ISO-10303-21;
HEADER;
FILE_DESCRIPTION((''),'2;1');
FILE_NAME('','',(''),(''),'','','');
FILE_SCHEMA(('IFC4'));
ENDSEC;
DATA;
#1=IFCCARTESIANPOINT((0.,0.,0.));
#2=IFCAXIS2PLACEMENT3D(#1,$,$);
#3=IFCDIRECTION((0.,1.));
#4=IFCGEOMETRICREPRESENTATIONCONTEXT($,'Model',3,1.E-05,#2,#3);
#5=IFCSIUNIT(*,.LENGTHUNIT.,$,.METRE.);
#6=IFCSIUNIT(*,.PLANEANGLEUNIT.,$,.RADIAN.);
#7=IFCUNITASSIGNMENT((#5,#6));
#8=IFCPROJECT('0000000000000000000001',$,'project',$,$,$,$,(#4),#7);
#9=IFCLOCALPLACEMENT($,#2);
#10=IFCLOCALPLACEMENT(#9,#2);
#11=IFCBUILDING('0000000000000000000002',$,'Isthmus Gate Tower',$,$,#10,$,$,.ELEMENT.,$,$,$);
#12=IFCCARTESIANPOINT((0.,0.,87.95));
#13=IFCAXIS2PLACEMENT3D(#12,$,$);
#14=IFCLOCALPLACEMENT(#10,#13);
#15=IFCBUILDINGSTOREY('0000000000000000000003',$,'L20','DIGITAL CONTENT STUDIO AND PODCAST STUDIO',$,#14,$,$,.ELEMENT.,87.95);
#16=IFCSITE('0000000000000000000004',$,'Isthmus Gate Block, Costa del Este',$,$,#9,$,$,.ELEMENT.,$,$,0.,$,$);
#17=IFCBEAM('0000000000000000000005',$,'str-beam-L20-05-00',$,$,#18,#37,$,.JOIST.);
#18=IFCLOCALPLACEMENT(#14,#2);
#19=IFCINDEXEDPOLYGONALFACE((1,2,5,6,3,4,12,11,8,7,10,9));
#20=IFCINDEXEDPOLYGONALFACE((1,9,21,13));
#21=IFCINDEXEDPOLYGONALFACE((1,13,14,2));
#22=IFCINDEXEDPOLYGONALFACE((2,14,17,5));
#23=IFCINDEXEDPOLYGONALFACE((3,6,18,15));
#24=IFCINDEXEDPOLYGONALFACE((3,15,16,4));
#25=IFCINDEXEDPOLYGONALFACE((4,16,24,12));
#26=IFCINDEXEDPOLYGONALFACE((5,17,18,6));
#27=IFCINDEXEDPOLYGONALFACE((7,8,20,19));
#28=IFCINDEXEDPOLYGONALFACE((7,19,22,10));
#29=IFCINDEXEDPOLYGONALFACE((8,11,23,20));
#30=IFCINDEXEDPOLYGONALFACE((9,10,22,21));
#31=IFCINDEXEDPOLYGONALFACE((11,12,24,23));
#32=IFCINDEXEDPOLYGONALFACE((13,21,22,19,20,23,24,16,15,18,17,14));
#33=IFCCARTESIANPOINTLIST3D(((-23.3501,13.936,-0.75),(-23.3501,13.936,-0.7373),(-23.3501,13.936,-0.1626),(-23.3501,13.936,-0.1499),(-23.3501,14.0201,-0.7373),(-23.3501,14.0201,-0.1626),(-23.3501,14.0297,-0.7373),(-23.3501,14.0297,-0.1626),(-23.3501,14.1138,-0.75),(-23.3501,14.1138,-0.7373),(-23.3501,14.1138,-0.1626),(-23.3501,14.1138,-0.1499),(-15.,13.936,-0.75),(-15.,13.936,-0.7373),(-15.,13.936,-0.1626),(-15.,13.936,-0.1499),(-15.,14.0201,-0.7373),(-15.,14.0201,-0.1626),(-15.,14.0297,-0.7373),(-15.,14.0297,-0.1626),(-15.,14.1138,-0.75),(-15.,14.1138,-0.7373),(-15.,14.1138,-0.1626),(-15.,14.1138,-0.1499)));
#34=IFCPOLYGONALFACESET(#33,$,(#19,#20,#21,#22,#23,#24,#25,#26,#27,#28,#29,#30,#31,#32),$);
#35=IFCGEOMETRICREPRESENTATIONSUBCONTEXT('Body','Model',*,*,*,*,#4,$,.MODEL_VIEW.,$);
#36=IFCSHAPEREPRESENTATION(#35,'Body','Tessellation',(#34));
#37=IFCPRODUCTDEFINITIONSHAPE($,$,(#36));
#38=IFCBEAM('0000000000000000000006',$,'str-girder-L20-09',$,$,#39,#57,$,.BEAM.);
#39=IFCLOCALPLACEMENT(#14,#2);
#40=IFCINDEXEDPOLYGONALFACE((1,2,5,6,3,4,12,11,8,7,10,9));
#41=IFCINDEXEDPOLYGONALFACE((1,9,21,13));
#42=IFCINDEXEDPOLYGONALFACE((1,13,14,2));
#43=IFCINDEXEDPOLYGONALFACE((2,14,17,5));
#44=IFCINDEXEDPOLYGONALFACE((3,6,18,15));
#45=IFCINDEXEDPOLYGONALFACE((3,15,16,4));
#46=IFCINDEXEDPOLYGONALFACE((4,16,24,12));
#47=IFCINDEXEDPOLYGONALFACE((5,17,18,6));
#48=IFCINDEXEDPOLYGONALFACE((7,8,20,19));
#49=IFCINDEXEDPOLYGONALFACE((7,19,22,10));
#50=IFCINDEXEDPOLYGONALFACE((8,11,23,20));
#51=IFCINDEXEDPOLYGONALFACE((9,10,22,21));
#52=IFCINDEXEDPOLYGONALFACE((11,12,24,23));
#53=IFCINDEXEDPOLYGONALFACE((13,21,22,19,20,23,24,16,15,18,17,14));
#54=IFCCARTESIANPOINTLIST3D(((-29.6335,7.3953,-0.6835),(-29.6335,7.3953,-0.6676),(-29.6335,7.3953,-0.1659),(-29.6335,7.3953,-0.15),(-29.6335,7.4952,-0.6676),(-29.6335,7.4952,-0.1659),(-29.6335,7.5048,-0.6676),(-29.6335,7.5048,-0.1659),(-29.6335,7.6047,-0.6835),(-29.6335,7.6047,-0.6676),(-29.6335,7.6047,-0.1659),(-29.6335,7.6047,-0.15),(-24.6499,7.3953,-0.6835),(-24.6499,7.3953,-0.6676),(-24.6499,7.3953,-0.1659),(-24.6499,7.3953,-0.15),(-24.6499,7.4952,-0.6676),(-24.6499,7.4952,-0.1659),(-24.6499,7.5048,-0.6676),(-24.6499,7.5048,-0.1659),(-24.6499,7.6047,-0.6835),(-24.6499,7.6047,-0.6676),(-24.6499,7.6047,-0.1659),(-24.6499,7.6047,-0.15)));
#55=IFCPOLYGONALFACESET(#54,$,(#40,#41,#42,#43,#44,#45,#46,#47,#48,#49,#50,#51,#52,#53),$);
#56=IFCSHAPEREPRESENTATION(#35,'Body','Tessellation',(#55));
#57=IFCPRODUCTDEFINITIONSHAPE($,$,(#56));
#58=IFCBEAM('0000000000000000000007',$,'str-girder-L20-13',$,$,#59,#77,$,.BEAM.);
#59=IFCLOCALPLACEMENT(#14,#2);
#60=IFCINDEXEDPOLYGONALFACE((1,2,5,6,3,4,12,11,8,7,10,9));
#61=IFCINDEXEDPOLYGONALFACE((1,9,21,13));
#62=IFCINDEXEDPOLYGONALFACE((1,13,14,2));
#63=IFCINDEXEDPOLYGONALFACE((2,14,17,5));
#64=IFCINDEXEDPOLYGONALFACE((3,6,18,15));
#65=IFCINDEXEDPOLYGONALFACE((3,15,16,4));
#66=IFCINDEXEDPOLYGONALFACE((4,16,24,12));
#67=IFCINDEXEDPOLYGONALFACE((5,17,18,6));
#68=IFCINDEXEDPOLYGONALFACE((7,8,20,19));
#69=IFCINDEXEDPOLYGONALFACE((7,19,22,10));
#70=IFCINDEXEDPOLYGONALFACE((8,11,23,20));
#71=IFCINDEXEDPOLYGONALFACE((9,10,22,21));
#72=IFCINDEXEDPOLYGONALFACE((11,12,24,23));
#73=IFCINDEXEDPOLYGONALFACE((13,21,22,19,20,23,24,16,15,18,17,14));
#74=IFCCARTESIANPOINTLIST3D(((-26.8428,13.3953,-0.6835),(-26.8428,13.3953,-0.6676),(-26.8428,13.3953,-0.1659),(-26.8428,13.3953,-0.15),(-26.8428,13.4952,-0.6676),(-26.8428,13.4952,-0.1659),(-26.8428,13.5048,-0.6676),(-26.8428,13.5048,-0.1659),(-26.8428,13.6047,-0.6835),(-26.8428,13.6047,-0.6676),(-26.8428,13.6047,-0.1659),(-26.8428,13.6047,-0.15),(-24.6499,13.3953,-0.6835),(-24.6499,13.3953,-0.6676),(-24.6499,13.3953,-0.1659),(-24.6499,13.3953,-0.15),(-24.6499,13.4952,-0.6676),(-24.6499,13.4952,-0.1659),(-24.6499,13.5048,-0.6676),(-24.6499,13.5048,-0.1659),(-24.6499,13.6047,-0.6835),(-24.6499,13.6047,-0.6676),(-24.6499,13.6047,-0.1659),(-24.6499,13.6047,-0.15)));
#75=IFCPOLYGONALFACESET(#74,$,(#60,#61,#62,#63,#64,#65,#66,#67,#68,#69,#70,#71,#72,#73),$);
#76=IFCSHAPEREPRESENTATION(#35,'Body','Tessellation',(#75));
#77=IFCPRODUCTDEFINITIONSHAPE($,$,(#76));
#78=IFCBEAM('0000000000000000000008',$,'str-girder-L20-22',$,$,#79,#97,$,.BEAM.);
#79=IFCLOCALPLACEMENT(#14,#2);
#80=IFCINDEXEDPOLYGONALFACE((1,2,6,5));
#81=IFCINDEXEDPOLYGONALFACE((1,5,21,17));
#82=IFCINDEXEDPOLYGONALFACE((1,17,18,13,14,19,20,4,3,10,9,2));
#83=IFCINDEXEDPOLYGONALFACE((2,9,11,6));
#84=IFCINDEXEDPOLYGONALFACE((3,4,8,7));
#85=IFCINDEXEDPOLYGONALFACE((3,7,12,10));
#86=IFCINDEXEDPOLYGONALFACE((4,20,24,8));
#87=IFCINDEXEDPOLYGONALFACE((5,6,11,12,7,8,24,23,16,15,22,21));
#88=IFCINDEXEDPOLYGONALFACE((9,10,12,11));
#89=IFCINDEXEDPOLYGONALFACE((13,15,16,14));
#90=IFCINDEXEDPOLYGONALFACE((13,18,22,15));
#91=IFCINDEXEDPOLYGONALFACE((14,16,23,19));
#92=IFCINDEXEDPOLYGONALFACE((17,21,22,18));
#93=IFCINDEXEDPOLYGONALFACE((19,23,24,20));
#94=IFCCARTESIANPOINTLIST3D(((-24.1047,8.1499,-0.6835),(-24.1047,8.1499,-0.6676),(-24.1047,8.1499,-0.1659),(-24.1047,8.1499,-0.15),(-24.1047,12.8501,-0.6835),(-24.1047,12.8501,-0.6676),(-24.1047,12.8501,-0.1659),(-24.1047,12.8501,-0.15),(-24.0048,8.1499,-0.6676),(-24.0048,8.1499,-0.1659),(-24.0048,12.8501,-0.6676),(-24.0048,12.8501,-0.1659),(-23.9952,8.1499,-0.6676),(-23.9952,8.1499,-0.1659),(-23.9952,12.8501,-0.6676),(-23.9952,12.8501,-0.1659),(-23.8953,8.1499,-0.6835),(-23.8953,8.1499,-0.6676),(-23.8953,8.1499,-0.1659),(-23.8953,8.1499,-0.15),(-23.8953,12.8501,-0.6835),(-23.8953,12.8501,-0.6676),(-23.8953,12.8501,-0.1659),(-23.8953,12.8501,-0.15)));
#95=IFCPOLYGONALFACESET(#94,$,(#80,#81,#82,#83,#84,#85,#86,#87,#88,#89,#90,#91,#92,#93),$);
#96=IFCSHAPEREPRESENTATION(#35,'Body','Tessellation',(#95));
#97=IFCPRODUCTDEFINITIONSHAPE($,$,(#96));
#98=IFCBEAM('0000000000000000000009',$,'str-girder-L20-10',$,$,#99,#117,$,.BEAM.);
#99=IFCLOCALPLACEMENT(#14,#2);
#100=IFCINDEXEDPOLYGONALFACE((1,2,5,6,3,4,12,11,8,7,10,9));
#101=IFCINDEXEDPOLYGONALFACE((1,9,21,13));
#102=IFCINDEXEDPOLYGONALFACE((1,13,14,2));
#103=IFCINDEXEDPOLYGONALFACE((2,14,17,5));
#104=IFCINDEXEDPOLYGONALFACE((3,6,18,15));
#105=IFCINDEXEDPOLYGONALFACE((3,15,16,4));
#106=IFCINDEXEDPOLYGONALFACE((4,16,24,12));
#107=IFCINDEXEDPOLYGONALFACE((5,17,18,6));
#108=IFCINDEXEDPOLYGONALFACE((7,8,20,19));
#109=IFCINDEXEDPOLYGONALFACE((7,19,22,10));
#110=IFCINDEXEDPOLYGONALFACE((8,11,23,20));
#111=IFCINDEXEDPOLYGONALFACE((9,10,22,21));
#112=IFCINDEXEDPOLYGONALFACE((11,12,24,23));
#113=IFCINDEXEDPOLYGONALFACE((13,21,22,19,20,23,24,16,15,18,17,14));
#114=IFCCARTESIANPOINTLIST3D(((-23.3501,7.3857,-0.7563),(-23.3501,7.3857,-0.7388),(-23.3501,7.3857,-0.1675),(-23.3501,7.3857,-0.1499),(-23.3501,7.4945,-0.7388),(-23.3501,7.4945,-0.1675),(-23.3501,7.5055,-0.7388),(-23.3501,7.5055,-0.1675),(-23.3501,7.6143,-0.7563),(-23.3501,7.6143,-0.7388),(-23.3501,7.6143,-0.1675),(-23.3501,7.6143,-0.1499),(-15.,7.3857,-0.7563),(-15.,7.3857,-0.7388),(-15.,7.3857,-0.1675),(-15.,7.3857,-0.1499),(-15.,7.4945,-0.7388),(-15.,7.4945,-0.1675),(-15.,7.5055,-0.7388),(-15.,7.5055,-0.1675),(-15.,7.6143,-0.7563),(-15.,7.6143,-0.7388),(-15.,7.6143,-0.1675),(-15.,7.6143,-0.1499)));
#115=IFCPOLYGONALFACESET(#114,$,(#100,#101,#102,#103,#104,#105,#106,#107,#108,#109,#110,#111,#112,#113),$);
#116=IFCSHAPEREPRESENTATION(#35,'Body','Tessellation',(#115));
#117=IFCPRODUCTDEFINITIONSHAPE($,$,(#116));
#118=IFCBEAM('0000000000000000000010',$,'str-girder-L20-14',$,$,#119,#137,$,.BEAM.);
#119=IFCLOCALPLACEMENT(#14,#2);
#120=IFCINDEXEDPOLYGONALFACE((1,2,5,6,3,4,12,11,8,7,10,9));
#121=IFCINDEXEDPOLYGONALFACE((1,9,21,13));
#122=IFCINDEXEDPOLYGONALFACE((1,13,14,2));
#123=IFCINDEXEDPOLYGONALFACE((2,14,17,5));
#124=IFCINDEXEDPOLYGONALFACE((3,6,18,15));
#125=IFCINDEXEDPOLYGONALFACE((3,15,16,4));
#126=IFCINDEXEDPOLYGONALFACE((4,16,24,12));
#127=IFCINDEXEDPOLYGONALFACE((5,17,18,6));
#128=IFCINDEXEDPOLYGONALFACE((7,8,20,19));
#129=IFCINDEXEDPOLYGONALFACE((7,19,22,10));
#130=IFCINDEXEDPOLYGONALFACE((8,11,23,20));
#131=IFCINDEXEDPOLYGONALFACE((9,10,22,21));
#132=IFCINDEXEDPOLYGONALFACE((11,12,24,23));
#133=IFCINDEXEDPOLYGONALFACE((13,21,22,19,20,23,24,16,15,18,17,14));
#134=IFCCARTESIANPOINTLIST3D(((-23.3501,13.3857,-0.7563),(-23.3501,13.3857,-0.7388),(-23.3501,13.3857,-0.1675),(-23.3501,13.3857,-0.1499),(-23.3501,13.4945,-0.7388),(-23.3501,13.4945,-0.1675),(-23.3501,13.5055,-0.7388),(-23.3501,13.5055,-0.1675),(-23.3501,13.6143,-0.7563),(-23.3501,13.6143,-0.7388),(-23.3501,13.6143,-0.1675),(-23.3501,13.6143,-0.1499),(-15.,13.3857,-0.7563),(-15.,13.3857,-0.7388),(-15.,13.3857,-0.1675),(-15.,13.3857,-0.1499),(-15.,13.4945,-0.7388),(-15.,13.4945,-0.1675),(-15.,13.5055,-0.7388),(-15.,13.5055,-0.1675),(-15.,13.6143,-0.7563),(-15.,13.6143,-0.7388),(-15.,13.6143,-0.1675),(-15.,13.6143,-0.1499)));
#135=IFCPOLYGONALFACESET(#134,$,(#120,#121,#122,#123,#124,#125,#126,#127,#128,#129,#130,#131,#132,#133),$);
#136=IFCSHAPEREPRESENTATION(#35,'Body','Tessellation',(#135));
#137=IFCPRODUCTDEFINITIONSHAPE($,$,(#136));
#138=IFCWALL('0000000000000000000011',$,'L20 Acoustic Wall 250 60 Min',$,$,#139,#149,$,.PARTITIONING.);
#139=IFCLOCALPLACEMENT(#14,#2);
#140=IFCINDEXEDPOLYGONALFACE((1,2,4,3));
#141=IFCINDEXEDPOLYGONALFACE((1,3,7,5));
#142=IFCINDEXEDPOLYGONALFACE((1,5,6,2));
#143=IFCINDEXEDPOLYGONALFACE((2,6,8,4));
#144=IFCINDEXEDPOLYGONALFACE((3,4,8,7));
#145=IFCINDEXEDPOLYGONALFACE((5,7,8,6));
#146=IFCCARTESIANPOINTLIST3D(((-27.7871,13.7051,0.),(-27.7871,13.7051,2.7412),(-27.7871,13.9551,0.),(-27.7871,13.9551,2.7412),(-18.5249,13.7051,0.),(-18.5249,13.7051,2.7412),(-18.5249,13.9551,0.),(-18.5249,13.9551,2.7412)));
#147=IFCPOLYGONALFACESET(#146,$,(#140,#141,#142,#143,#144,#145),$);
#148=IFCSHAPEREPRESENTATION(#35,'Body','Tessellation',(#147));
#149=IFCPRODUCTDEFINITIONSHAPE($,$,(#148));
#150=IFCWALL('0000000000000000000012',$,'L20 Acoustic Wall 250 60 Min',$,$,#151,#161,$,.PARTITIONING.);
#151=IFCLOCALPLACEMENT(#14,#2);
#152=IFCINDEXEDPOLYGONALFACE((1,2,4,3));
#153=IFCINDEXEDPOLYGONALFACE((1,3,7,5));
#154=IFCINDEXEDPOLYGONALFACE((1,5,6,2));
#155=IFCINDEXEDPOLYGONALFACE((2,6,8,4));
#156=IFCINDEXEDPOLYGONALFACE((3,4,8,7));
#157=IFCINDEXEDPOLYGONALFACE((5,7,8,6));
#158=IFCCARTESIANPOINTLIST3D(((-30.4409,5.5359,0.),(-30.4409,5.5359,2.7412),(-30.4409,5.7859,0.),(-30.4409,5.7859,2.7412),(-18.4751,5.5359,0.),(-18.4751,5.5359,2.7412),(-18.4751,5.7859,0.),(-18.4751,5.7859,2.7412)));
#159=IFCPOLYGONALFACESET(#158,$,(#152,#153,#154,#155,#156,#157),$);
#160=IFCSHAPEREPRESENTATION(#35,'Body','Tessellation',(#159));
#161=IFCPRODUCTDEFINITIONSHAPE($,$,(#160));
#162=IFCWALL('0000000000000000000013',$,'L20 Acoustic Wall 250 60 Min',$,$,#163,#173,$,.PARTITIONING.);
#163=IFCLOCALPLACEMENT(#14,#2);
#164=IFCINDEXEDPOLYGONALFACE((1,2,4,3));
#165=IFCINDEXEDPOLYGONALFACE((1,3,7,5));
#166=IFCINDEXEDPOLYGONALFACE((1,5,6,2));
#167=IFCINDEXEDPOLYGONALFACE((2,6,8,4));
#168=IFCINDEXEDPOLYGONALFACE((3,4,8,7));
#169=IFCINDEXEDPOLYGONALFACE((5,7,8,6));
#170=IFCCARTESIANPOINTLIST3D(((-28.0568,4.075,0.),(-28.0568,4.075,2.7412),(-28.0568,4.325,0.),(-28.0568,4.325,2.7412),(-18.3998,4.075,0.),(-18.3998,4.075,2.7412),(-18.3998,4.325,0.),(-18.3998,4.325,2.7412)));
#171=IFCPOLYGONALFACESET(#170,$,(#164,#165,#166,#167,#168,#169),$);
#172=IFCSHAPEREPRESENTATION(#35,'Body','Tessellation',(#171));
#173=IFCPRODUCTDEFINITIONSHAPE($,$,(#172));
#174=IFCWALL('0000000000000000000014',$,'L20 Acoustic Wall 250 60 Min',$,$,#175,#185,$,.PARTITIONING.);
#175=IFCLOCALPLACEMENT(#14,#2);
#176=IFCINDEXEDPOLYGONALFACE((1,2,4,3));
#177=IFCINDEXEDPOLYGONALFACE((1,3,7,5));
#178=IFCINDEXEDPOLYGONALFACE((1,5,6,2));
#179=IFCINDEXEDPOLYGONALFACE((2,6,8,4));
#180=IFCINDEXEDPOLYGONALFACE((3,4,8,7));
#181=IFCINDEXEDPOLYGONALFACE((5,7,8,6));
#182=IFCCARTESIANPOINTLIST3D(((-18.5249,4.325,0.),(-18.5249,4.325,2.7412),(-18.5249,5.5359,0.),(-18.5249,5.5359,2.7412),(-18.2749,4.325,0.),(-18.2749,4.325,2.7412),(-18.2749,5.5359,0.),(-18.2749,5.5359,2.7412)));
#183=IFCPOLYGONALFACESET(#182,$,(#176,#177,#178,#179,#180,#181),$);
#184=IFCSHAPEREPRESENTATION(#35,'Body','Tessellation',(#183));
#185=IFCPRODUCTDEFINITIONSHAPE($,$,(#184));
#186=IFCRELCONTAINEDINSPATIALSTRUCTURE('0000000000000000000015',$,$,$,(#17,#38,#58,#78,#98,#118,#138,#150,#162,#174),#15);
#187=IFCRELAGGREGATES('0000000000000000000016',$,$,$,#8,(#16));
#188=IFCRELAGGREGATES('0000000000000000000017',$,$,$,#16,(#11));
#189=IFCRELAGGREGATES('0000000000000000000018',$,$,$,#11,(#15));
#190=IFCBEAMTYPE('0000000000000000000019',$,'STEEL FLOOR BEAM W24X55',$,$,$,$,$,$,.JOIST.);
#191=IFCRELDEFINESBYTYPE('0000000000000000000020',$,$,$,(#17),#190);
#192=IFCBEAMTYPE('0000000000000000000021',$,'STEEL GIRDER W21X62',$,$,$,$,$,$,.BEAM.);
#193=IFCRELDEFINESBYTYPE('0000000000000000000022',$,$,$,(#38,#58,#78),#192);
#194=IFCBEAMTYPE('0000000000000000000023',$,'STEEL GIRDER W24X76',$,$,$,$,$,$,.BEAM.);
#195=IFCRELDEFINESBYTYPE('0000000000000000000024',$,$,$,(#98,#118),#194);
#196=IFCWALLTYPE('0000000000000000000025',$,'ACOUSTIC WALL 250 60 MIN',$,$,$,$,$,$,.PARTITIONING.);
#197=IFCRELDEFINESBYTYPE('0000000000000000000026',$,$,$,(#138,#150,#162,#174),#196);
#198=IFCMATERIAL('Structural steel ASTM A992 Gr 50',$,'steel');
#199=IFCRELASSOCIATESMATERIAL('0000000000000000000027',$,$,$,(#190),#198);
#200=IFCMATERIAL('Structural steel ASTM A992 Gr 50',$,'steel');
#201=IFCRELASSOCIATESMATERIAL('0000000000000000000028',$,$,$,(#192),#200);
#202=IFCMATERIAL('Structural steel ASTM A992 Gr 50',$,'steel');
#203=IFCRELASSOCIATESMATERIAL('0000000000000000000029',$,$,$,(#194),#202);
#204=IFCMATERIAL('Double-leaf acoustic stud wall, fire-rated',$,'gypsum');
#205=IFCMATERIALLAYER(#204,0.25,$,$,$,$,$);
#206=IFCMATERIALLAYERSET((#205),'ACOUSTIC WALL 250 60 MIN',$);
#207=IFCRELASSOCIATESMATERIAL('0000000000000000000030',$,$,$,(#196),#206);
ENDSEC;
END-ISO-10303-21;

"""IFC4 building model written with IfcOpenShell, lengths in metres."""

from ifc_helpers import new_model, si_unit, direction, frame, frame_2d, origin, origin_2d, place, context, subcontext, project, spatial, rectangle, i_section, extrude, material, layer, layer_set, material_profile, profile_set, type_object, element, save


model = new_model("IFC4")

# Units and contexts
model_context = context("Model", 3, precision=1e-05, world=origin(), true_north=direction((0.0, 1.0)))
body_context = subcontext(model_context, "Body", "Model", "MODEL_VIEW")
ifc_project = project(units=[si_unit("LENGTHUNIT", "METRE"), si_unit("PLANEANGLEUNIT", "RADIAN")], contexts=[model_context])

# Site, building, storey
site_placement = place(None, origin())
site = spatial("IfcSite", under=ifc_project, at=site_placement, Name="Isthmus Gate Block, Costa del Este", CompositionType="ELEMENT", RefElevation=0.0)
building_placement = place(site_placement, origin())
building = spatial("IfcBuilding", under=site, at=building_placement, Name="Isthmus Gate Tower", CompositionType="ELEMENT")
storey_placement = place(building_placement, frame((0.0, 0.0, 87.95)))
storey = spatial("IfcBuildingStorey", under=building, at=storey_placement, Name="L20", Description="DIGITAL CONTENT STUDIO AND PODCAST STUDIO", CompositionType="ELEMENT", Elevation=87.95)

# Beams
ifc_material_1 = material(Name="Structural steel ASTM A992 Gr 50", Category="steel")
ifc_material_profile_1 = material_profile(ifc_material_1, i_section(OverallWidth=0.1777, OverallDepth=0.6001, WebThickness=0.0095, FlangeThickness=0.0127, at=origin_2d()), Name="W24X55")
ifc_profile_set_1 = profile_set([ifc_material_profile_1], Name="Structural steel ASTM A992 Gr 50")
beam_type_1 = type_object("IfcBeamType", Name="STEEL FLOOR BEAM W24X55", PredefinedType="JOIST", material=ifc_profile_set_1)
beam_1_placement = place(storey_placement, frame((-23.3501, 14.0249, -0.45), z_axis=(1.0, 0.0, 0.0), x_axis=(0.0, 1.0, 0.0)))
element("IfcBeam", 1, at=beam_1_placement, inside=storey, type_object=beam_type_1, Name="str-beam-L20-05-00", PredefinedType="JOIST", context=body_context, shape_type="SweptSolid", body=[
    extrude(i_section(OverallWidth=0.1777, OverallDepth=0.6001, WebThickness=0.0095, FlangeThickness=0.0127, at=origin_2d()), origin(), (0.0, 0.0, 1.0), 8.3501),
])
ifc_material_2 = material(Name="Structural steel ASTM A992 Gr 50", Category="steel")
ifc_material_profile_2 = material_profile(ifc_material_2, i_section(OverallWidth=0.2095, OverallDepth=0.5334, WebThickness=0.0095, FlangeThickness=0.0159, at=origin_2d()), Name="W21X62")
ifc_profile_set_2 = profile_set([ifc_material_profile_2], Name="Structural steel ASTM A992 Gr 50")
beam_type_2 = type_object("IfcBeamType", Name="STEEL GIRDER W21X62", PredefinedType="BEAM", material=ifc_profile_set_2)
beam_2_placement = place(storey_placement, frame((-29.6335, 7.5, -0.4167), z_axis=(1.0, 0.0, 0.0), x_axis=(0.0, 1.0, 0.0)))
element("IfcBeam", 2, at=beam_2_placement, inside=storey, type_object=beam_type_2, Name="str-girder-L20-09", PredefinedType="BEAM", context=body_context, shape_type="SweptSolid", body=[
    extrude(i_section(OverallWidth=0.2095, OverallDepth=0.5334, WebThickness=0.0095, FlangeThickness=0.0159, at=origin_2d()), origin(), (0.0, 0.0, 1.0), 4.9836),
])
beam_3_placement = place(storey_placement, frame((-26.8428, 13.5, -0.4167), z_axis=(1.0, 0.0, 0.0), x_axis=(0.0, 1.0, 0.0)))
element("IfcBeam", 3, at=beam_3_placement, inside=storey, type_object=beam_type_2, Name="str-girder-L20-13", PredefinedType="BEAM", context=body_context, shape_type="SweptSolid", body=[
    extrude(i_section(OverallWidth=0.2095, OverallDepth=0.5334, WebThickness=0.0095, FlangeThickness=0.0159, at=origin_2d()), origin(), (0.0, 0.0, 1.0), 2.1929),
])
beam_4_placement = place(storey_placement, frame((-24.0, 8.1499, -0.4167), z_axis=(0.0, 1.0, 0.0), x_axis=(-1.0, 0.0, 0.0)))
element("IfcBeam", 4, at=beam_4_placement, inside=storey, type_object=beam_type_2, Name="str-girder-L20-22", PredefinedType="BEAM", context=body_context, shape_type="SweptSolid", body=[
    extrude(i_section(OverallWidth=0.2095, OverallDepth=0.5334, WebThickness=0.0095, FlangeThickness=0.0159, at=origin_2d()), origin(), (0.0, 0.0, 1.0), 4.7002),
])
ifc_material_3 = material(Name="Structural steel ASTM A992 Gr 50", Category="steel")
ifc_material_profile_3 = material_profile(ifc_material_3, i_section(OverallWidth=0.2285, OverallDepth=0.6064, WebThickness=0.011, FlangeThickness=0.0176, at=origin_2d()), Name="W24X76")
ifc_profile_set_3 = profile_set([ifc_material_profile_3], Name="Structural steel ASTM A992 Gr 50")
beam_type_3 = type_object("IfcBeamType", Name="STEEL GIRDER W24X76", PredefinedType="BEAM", material=ifc_profile_set_3)
for number, where, z_axis, x_axis, name in (
    (5, (-23.3501, 7.5, -0.4531), (1.0, 0.0, 0.0), (0.0, 1.0, 0.0), "str-girder-L20-10"),
    (6, (-23.3501, 13.5, -0.4531), (1.0, 0.0, 0.0), (0.0, 1.0, 0.0), "str-girder-L20-14"),
):
    element("IfcBeam", number, at=place(storey_placement, frame(where, z_axis=z_axis, x_axis=x_axis)), inside=storey, type_object=beam_type_3, Name=name, PredefinedType="BEAM", context=body_context, shape_type="SweptSolid", body=[
        extrude(i_section(OverallWidth=0.2285, OverallDepth=0.6064, WebThickness=0.011, FlangeThickness=0.0176, at=origin_2d()), origin(), (0.0, 0.0, 1.0), 8.3501),
    ])

# Walls
ifc_material_4 = material(Name="Double-leaf acoustic stud wall, fire-rated", Category="gypsum")
ifc_layer_1 = layer(ifc_material_4, 0.25)
ifc_layer_set_1 = layer_set([ifc_layer_1], Name="ACOUSTIC WALL 250 60 MIN")
wall_type_1 = type_object("IfcWallType", Name="ACOUSTIC WALL 250 60 MIN", PredefinedType="PARTITIONING", material=ifc_layer_set_1)
wall_1_placement = place(storey_placement, frame((-27.7871, 13.8301, 0.0), z_axis=(0.0, 0.0, 1.0), x_axis=(1.0, 0.0, 0.0)))
element("IfcWall", 7, at=wall_1_placement, inside=storey, type_object=wall_type_1, Name="L20 Acoustic Wall 250 60 Min", PredefinedType="PARTITIONING", context=body_context, shape_type="SweptSolid", body=[
    extrude(rectangle(XDim=9.2622, YDim=0.25, at=frame_2d((4.6311, 0.0))), origin(), (0.0, 0.0, 1.0), 2.7412),
])
wall_2_placement = place(storey_placement, frame((-30.4409, 5.6609, 0.0), z_axis=(0.0, 0.0, 1.0), x_axis=(1.0, 0.0, 0.0)))
element("IfcWall", 8, at=wall_2_placement, inside=storey, type_object=wall_type_1, Name="L20 Acoustic Wall 250 60 Min", PredefinedType="PARTITIONING", context=body_context, shape_type="SweptSolid", body=[
    extrude(rectangle(XDim=11.9658, YDim=0.25, at=frame_2d((5.9829, 0.0))), origin(), (0.0, 0.0, 1.0), 2.7412),
])
wall_3_placement = place(storey_placement, frame((-28.0569, 4.2, 0.0), z_axis=(0.0, 0.0, 1.0), x_axis=(1.0, 0.0, 0.0)))
element("IfcWall", 9, at=wall_3_placement, inside=storey, type_object=wall_type_1, Name="L20 Acoustic Wall 250 60 Min", PredefinedType="PARTITIONING", context=body_context, shape_type="SweptSolid", body=[
    extrude(rectangle(XDim=9.657, YDim=0.25, at=frame_2d((4.8286, 0.0))), origin(), (0.0, 0.0, 1.0), 2.7412),
])
wall_4_placement = place(storey_placement, frame((-18.3999, 4.325, 0.0), z_axis=(0.0, 0.0, 1.0), x_axis=(0.0, 1.0, 0.0)))
element("IfcWall", 10, at=wall_4_placement, inside=storey, type_object=wall_type_1, Name="L20 Acoustic Wall 250 60 Min", PredefinedType="PARTITIONING", context=body_context, shape_type="SweptSolid", body=[
    extrude(rectangle(XDim=1.2109, YDim=0.25, at=frame_2d((0.6055, 0.0))), origin(), (0.0, 0.0, 1.0), 2.7412),
])

save(model, "model.ifc")
